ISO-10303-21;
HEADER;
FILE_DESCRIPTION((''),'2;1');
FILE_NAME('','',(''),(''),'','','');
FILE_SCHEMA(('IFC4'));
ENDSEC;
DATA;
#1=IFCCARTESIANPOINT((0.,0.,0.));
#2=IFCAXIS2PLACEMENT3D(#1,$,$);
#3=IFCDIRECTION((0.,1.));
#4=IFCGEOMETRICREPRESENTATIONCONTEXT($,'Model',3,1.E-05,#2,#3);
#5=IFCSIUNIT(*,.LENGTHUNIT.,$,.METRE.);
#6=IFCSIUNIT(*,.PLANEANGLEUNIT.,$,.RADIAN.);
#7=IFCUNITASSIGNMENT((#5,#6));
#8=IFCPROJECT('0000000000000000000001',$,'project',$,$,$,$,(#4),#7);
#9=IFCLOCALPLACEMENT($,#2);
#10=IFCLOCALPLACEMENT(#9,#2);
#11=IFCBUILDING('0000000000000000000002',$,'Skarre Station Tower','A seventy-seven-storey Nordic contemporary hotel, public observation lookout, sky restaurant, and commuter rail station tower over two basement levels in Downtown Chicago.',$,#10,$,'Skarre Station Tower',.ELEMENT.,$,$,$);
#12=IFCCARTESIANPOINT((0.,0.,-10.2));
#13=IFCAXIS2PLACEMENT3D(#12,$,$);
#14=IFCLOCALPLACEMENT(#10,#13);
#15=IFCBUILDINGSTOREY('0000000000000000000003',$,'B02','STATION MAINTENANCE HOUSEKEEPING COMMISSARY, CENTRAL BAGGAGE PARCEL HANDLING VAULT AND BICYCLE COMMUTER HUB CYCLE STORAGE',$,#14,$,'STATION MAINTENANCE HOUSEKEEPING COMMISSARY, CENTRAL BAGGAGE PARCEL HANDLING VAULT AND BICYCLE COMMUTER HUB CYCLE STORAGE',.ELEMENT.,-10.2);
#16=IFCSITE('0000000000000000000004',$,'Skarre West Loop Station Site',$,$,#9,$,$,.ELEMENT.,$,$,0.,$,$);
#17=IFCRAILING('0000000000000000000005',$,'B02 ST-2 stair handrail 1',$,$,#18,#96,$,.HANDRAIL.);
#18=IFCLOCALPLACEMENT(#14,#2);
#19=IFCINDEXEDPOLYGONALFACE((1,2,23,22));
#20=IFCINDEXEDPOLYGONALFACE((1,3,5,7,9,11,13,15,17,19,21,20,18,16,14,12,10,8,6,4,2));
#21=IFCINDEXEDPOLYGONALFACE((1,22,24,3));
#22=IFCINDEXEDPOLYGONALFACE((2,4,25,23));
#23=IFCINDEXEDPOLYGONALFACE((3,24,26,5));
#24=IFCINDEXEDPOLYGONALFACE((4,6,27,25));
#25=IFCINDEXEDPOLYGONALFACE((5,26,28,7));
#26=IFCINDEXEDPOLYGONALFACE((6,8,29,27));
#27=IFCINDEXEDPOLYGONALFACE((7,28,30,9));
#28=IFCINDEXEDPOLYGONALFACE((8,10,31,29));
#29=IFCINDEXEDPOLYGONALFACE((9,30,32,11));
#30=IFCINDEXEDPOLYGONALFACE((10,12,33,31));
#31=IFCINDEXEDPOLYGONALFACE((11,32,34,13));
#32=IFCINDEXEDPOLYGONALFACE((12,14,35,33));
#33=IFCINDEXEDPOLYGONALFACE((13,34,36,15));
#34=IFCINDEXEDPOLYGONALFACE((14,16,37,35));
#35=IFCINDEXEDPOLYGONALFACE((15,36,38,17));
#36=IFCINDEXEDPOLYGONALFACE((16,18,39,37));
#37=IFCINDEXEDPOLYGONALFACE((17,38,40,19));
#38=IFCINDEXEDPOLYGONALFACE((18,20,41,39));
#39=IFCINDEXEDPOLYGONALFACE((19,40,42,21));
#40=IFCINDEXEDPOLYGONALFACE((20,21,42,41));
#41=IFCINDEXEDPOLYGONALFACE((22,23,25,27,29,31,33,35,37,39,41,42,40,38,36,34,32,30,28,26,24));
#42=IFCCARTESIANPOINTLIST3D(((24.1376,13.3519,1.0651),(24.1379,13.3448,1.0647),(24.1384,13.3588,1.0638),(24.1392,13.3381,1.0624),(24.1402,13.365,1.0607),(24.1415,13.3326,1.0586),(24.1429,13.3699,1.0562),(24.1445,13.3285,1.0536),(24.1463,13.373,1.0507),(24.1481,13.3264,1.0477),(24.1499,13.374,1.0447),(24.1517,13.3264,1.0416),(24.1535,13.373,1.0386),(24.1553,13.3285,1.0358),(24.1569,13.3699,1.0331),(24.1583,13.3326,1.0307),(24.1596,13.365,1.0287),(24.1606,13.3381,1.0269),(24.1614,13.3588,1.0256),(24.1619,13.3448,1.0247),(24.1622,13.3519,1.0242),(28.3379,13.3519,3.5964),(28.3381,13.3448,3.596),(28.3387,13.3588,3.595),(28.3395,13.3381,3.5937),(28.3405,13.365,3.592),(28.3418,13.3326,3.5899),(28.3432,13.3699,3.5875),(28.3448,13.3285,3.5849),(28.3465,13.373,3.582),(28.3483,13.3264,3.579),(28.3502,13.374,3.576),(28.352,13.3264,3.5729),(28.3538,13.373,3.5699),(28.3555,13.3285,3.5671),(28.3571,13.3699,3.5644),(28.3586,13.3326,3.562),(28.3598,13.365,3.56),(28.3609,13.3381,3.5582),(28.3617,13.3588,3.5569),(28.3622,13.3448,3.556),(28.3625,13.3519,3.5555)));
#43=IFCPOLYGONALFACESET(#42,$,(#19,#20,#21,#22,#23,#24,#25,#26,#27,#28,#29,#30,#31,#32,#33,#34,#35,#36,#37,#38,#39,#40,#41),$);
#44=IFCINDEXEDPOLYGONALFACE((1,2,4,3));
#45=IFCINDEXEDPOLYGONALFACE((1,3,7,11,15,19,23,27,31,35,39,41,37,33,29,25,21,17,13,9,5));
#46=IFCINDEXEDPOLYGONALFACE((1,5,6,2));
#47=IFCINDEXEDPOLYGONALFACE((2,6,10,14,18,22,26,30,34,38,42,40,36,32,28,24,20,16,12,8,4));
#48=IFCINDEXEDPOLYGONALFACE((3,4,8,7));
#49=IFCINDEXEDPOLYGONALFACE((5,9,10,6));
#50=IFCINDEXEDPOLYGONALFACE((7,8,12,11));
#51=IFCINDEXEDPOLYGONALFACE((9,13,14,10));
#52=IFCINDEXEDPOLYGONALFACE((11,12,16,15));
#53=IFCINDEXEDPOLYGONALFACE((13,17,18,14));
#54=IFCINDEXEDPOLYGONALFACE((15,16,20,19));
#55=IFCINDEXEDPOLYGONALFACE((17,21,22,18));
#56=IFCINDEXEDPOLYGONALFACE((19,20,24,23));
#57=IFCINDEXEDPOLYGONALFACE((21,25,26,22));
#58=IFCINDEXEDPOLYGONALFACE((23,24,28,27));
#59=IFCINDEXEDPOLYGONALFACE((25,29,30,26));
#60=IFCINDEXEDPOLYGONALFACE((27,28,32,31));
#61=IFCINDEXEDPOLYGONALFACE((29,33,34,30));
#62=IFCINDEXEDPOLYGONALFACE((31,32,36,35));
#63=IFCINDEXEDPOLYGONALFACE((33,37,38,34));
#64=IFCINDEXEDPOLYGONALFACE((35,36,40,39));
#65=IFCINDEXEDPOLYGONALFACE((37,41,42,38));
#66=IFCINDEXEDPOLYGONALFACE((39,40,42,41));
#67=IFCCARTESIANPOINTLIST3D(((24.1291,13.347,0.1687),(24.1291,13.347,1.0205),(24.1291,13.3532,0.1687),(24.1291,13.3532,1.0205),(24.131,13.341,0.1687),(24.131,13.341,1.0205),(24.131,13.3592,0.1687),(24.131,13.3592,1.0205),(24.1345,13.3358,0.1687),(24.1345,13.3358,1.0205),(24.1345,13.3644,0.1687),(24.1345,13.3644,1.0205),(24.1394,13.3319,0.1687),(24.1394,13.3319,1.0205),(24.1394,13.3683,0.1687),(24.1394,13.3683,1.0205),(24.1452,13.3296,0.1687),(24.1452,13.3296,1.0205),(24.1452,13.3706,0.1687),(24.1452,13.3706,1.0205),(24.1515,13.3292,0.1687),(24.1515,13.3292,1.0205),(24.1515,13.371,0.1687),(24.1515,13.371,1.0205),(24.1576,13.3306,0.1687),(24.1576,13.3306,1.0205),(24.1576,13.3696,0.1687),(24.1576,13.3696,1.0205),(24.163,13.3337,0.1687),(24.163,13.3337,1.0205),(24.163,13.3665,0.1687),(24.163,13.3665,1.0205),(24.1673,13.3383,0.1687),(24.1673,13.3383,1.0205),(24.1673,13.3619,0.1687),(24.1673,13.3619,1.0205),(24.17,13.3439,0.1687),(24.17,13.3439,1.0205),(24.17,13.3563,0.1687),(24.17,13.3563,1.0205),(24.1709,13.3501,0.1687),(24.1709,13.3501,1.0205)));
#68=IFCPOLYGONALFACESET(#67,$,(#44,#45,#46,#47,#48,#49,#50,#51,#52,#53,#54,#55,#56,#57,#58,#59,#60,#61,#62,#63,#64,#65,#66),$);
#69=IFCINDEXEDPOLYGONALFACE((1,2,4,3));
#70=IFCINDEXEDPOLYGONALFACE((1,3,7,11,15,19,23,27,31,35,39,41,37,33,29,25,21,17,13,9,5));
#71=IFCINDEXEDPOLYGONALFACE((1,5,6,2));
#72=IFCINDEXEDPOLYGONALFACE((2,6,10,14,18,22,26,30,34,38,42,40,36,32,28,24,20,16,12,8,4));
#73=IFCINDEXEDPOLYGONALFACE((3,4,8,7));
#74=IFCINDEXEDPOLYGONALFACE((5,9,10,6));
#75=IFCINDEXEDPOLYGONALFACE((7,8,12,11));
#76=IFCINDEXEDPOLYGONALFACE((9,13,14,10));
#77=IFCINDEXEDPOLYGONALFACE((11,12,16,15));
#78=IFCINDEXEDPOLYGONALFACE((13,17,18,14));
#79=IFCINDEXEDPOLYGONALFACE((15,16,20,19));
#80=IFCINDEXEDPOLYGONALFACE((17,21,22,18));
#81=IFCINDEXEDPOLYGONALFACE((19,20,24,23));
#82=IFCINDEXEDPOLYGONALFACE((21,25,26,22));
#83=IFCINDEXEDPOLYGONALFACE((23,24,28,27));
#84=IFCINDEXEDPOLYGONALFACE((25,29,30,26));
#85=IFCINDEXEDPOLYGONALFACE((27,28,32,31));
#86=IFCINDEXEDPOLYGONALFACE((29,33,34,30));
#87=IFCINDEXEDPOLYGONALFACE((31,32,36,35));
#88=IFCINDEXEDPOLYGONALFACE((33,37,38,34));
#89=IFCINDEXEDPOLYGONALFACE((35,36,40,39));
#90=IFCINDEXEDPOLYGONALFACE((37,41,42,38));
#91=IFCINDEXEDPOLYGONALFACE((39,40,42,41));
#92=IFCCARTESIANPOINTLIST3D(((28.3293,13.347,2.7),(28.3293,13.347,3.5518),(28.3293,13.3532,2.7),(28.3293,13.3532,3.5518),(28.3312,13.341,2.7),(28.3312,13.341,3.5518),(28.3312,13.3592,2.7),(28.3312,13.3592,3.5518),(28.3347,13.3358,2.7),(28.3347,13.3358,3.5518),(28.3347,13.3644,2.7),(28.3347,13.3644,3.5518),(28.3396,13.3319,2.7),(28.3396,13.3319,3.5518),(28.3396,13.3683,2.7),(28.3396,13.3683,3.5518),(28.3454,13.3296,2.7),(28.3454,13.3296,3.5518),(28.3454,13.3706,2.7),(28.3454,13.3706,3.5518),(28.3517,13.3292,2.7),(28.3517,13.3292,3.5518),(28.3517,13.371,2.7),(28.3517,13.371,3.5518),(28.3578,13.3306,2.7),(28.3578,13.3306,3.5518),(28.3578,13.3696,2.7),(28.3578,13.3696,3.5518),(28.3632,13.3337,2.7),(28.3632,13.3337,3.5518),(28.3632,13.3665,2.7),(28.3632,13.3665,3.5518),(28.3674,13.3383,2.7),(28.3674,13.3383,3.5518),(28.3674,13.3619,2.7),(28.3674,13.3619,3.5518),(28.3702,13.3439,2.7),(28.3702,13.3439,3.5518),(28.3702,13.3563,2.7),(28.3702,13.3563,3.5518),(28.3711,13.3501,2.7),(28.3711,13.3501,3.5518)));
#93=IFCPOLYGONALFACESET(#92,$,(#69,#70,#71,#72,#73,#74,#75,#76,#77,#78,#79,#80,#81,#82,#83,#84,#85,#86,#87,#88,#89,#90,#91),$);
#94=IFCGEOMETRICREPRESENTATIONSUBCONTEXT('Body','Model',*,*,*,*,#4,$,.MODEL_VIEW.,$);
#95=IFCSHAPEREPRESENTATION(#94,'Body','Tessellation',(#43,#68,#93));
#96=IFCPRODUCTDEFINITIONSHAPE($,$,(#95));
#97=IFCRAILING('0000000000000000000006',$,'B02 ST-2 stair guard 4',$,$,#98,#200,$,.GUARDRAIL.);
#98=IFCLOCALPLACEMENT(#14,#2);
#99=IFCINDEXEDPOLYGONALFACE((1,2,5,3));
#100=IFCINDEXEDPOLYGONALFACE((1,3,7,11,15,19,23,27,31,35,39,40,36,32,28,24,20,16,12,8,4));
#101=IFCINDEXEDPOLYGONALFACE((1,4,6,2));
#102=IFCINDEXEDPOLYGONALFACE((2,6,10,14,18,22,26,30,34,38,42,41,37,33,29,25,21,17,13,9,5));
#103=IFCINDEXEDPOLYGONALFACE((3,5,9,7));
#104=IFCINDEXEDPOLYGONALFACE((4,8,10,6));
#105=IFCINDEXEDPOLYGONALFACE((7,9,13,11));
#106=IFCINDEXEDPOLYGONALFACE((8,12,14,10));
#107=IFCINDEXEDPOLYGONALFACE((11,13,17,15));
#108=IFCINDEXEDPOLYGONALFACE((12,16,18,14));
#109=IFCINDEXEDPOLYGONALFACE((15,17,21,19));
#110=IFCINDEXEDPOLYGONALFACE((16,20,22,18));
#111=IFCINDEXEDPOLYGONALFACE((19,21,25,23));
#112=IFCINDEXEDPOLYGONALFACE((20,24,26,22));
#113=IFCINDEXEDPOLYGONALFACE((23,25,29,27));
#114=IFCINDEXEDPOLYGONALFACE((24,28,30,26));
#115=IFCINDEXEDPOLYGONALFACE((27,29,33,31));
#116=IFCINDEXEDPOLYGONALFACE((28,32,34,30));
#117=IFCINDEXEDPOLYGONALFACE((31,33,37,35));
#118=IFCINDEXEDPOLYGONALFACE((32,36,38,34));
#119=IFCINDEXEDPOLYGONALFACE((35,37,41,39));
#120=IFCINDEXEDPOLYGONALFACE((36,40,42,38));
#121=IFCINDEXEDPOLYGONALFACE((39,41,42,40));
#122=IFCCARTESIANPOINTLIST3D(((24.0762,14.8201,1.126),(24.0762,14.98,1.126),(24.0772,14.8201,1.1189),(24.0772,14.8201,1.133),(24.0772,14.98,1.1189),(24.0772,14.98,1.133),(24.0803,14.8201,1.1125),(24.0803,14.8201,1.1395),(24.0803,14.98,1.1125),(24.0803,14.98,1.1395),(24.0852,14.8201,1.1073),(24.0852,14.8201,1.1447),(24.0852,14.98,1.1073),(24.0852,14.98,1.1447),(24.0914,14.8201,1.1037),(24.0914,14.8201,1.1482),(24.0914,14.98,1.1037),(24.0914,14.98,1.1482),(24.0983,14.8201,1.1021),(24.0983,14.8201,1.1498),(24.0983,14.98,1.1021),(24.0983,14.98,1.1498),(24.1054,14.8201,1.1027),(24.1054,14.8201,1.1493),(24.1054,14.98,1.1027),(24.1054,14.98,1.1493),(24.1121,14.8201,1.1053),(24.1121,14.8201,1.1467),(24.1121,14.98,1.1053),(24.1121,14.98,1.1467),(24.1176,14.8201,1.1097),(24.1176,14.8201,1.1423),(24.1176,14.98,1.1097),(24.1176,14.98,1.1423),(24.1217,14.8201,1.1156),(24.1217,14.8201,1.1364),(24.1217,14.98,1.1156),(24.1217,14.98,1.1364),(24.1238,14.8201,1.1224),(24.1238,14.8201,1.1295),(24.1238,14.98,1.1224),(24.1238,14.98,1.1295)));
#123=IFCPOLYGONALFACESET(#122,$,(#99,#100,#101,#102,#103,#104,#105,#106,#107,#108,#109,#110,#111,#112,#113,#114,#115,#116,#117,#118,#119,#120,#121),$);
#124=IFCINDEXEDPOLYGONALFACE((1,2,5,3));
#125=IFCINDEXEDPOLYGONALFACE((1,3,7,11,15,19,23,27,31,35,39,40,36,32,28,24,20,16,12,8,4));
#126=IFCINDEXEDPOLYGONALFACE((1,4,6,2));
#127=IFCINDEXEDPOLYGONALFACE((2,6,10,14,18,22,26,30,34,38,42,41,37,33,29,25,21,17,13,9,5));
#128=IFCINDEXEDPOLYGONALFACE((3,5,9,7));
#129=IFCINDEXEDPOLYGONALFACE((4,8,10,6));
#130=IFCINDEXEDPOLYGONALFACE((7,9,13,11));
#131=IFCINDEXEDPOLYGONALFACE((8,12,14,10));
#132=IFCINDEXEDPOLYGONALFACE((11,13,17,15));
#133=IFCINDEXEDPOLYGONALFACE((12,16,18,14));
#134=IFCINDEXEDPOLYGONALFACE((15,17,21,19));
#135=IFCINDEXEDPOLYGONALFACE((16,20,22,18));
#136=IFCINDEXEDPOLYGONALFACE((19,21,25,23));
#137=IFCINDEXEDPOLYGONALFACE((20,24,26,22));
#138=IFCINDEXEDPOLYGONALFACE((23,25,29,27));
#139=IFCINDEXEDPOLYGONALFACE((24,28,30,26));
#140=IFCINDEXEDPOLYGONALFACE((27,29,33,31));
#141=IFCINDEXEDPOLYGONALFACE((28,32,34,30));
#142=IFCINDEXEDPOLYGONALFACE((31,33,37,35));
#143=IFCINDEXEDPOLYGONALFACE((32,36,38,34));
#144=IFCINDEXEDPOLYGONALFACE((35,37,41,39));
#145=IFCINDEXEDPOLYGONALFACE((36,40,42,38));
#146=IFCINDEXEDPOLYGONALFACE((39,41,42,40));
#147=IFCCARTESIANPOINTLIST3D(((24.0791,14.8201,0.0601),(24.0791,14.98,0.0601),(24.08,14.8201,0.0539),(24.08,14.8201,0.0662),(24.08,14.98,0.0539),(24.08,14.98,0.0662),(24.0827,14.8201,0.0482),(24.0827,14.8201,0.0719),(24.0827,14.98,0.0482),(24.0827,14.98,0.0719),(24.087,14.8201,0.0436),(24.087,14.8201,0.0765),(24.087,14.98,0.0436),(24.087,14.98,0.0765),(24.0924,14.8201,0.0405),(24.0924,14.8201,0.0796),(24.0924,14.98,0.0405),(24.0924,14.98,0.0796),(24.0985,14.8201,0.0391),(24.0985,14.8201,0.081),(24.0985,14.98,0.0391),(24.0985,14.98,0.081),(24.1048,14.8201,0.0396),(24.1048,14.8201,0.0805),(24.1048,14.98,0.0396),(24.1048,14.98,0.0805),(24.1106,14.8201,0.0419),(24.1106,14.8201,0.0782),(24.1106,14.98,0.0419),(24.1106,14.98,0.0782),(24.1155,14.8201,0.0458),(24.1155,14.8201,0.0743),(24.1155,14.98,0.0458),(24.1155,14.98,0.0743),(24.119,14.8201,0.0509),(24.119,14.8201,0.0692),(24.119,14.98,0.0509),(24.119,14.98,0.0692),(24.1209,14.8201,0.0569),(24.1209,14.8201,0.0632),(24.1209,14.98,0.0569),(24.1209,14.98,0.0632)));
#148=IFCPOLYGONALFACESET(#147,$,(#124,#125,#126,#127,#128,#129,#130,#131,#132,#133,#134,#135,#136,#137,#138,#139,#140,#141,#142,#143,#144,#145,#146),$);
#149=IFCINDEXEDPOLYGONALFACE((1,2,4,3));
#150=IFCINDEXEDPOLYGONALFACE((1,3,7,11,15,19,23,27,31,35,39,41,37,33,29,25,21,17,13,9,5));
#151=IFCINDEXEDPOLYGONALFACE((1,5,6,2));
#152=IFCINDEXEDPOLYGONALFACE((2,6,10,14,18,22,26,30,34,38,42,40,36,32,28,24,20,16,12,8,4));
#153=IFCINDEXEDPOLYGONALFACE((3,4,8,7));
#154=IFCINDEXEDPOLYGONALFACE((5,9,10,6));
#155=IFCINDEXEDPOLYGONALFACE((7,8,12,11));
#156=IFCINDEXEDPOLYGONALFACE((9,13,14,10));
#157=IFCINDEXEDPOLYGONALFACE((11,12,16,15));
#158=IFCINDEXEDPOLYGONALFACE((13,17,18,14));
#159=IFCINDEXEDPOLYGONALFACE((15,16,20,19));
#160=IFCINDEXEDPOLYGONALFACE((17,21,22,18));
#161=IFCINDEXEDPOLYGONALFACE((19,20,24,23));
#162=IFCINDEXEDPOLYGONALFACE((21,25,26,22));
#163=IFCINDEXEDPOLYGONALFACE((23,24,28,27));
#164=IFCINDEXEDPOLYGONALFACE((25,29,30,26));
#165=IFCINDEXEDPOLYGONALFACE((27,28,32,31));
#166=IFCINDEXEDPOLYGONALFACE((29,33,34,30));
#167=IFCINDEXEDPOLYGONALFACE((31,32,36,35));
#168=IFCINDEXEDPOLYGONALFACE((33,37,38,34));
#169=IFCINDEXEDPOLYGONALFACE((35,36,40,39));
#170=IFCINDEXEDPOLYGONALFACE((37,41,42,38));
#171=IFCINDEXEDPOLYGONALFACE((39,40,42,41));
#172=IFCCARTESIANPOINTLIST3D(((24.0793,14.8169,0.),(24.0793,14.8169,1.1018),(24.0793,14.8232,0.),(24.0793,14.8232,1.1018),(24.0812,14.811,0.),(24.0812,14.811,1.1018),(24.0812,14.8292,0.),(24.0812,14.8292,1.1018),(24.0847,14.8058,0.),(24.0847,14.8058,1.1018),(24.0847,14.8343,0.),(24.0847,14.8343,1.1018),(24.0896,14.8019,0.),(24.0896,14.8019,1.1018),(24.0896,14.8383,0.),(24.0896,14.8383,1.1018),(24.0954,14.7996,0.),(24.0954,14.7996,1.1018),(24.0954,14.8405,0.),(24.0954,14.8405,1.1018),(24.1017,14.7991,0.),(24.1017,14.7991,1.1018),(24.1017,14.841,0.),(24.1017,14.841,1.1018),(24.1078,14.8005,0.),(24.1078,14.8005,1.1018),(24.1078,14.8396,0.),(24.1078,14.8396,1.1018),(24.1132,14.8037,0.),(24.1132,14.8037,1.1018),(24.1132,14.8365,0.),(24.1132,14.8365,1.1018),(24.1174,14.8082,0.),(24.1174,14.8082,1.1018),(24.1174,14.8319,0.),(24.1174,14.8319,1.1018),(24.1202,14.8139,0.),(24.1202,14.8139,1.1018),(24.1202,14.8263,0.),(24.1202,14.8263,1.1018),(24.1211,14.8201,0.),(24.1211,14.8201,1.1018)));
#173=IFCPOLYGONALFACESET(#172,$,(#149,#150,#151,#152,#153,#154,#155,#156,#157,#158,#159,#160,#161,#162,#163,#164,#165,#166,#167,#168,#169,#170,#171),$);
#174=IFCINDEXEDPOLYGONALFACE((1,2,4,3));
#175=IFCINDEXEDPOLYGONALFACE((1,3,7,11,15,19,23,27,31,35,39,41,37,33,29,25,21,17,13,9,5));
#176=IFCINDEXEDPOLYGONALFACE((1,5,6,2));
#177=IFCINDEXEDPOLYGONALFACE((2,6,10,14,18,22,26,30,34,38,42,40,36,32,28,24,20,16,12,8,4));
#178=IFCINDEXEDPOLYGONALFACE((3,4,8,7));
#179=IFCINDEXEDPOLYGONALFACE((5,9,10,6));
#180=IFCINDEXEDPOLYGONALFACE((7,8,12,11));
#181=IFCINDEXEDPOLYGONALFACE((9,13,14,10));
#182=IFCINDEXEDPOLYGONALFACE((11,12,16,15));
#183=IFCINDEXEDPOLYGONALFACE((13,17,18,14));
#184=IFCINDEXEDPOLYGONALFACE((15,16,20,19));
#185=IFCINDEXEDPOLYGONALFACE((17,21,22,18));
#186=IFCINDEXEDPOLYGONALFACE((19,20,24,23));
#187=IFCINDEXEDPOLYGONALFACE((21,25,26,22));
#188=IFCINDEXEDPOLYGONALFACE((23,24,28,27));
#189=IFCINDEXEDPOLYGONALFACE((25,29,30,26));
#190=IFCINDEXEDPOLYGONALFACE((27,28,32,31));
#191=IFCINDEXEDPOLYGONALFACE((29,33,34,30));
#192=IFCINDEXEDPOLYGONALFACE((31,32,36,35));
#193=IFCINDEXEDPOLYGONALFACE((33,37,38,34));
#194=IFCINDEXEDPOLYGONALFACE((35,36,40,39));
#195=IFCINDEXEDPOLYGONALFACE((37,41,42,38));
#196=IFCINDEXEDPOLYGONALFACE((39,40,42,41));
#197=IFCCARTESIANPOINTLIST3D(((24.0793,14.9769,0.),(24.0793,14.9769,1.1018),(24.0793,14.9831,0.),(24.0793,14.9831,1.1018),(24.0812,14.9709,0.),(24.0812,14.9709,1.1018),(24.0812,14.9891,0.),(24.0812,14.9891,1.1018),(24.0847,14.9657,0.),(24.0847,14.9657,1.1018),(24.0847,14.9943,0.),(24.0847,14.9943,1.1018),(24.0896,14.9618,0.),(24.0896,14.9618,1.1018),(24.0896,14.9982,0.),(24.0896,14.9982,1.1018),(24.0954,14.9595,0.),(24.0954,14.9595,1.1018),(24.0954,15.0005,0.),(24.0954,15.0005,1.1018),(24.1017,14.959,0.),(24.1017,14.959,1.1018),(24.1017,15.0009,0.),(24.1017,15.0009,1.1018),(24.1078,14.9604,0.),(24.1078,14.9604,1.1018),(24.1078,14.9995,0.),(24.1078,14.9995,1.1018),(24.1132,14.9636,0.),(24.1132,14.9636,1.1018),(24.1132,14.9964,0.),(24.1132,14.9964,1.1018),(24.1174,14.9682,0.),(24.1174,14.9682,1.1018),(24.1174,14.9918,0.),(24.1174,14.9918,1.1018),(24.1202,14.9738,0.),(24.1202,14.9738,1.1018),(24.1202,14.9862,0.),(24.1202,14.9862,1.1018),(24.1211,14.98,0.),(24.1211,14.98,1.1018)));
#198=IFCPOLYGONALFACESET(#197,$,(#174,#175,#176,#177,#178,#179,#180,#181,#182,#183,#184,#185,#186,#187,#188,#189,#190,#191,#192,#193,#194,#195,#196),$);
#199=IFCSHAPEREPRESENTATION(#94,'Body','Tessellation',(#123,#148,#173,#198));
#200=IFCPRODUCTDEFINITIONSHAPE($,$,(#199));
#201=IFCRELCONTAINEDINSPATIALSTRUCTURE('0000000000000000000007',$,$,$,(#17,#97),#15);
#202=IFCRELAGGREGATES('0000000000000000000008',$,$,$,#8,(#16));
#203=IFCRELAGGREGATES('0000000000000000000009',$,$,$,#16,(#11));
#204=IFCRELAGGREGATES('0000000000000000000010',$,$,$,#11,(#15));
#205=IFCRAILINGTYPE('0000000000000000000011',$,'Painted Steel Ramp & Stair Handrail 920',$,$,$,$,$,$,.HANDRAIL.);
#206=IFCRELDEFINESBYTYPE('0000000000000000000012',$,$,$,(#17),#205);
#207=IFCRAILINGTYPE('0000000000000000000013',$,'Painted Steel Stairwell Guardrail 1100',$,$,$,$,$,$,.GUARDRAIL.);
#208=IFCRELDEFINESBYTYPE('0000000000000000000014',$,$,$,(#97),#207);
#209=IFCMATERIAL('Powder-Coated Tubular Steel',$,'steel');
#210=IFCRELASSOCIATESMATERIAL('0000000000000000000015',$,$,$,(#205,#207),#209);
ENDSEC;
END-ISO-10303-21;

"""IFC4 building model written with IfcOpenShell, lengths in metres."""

from ifc_helpers import new_model, si_unit, direction, frame, origin, origin_2d, place, context, subcontext, project, spatial, circle, extrude, material, type_object, element, save


model = new_model("IFC4")

# Units and contexts
model_context = context("Model", 3, precision=1e-05, world=origin(), true_north=direction((0.0, 1.0)))
body_context = subcontext(model_context, "Body", "Model", "MODEL_VIEW")
ifc_project = project(units=[si_unit("LENGTHUNIT", "METRE"), si_unit("PLANEANGLEUNIT", "RADIAN")], contexts=[model_context])

# Site, building, storey
site_placement = place(None, origin())
site = spatial("IfcSite", under=ifc_project, at=site_placement, Name="Skarre West Loop Station Site", CompositionType="ELEMENT", RefElevation=0.0)
building_placement = place(site_placement, origin())
building = spatial("IfcBuilding", under=site, at=building_placement, Name="Skarre Station Tower", Description="A seventy-seven-storey Nordic contemporary hotel, public observation lookout, sky restaurant, and commuter rail station tower over two basement levels in Downtown Chicago.", LongName="Skarre Station Tower", CompositionType="ELEMENT")
storey_placement = place(building_placement, frame((0.0, 0.0, -10.2)))
storey = spatial("IfcBuildingStorey", under=building, at=storey_placement, Name="B02", Description="STATION MAINTENANCE HOUSEKEEPING COMMISSARY, CENTRAL BAGGAGE PARCEL HANDLING VAULT AND BICYCLE COMMUTER HUB CYCLE STORAGE", LongName="STATION MAINTENANCE HOUSEKEEPING COMMISSARY, CENTRAL BAGGAGE PARCEL HANDLING VAULT AND BICYCLE COMMUTER HUB CYCLE STORAGE", CompositionType="ELEMENT", Elevation=-10.2)

# Railings
ifc_material_1 = material(Name="Powder-Coated Tubular Steel", Category="steel")
railing_type_1 = type_object("IfcRailingType", Name="Painted Steel Ramp & Stair Handrail 920", PredefinedType="HANDRAIL", material=ifc_material_1)
railing_1_placement = place(storey_placement, frame((24.1499, 13.3501, 0.1687)))
element("IfcRailing", 1, at=railing_1_placement, inside=storey, type_object=railing_type_1, Name="B02 ST-2 stair handrail 1", PredefinedType="HANDRAIL", context=body_context, shape_type="SweptSolid", body=[
    extrude(circle(Radius=0.0239, at=origin_2d()), frame((0.0, 0.0, 0.876), z_axis=(0.85649, 0.0, 0.516164), x_axis=(0.0, 1.0, 0.0)), (0.0, 0.0, 1.0), 4.9041),
    extrude(circle(Radius=0.021, at=origin_2d()), origin(), (0.0, 0.0, 1.0), 0.8518),
    extrude(circle(Radius=0.021, at=origin_2d()), frame((4.2002, 0.0, 2.5312)), (0.0, 0.0, 1.0), 0.8518),
])
railing_type_2 = type_object("IfcRailingType", Name="Painted Steel Stairwell Guardrail 1100", PredefinedType="GUARDRAIL", material=ifc_material_1)
railing_2_placement = place(storey_placement, frame((24.1001, 14.8201, 0.0)))
element("IfcRailing", 2, at=railing_2_placement, inside=storey, type_object=railing_type_2, Name="B02 ST-2 stair guard 4", PredefinedType="GUARDRAIL", context=body_context, shape_type="SweptSolid", body=[
    extrude(circle(Radius=0.0239, at=origin_2d()), frame((0.0, 0.0, 1.126), z_axis=(0.0, 1.0, 0.0), x_axis=(-1.0, 0.0, 0.0)), (0.0, 0.0, 1.0), 0.1599),
    extrude(circle(Radius=0.021, at=origin_2d()), frame((0.0, 0.0, 0.0601), z_axis=(0.0, 1.0, 0.0), x_axis=(-1.0, 0.0, 0.0)), (0.0, 0.0, 1.0), 0.1599),
    extrude(circle(Radius=0.021, at=origin_2d()), origin(), (0.0, 0.0, 1.0), 1.1018),
    extrude(circle(Radius=0.021, at=origin_2d()), frame((0.0, 0.1599, 0.0)), (0.0, 0.0, 1.0), 1.1018),
])

save(model, "model.ifc")
